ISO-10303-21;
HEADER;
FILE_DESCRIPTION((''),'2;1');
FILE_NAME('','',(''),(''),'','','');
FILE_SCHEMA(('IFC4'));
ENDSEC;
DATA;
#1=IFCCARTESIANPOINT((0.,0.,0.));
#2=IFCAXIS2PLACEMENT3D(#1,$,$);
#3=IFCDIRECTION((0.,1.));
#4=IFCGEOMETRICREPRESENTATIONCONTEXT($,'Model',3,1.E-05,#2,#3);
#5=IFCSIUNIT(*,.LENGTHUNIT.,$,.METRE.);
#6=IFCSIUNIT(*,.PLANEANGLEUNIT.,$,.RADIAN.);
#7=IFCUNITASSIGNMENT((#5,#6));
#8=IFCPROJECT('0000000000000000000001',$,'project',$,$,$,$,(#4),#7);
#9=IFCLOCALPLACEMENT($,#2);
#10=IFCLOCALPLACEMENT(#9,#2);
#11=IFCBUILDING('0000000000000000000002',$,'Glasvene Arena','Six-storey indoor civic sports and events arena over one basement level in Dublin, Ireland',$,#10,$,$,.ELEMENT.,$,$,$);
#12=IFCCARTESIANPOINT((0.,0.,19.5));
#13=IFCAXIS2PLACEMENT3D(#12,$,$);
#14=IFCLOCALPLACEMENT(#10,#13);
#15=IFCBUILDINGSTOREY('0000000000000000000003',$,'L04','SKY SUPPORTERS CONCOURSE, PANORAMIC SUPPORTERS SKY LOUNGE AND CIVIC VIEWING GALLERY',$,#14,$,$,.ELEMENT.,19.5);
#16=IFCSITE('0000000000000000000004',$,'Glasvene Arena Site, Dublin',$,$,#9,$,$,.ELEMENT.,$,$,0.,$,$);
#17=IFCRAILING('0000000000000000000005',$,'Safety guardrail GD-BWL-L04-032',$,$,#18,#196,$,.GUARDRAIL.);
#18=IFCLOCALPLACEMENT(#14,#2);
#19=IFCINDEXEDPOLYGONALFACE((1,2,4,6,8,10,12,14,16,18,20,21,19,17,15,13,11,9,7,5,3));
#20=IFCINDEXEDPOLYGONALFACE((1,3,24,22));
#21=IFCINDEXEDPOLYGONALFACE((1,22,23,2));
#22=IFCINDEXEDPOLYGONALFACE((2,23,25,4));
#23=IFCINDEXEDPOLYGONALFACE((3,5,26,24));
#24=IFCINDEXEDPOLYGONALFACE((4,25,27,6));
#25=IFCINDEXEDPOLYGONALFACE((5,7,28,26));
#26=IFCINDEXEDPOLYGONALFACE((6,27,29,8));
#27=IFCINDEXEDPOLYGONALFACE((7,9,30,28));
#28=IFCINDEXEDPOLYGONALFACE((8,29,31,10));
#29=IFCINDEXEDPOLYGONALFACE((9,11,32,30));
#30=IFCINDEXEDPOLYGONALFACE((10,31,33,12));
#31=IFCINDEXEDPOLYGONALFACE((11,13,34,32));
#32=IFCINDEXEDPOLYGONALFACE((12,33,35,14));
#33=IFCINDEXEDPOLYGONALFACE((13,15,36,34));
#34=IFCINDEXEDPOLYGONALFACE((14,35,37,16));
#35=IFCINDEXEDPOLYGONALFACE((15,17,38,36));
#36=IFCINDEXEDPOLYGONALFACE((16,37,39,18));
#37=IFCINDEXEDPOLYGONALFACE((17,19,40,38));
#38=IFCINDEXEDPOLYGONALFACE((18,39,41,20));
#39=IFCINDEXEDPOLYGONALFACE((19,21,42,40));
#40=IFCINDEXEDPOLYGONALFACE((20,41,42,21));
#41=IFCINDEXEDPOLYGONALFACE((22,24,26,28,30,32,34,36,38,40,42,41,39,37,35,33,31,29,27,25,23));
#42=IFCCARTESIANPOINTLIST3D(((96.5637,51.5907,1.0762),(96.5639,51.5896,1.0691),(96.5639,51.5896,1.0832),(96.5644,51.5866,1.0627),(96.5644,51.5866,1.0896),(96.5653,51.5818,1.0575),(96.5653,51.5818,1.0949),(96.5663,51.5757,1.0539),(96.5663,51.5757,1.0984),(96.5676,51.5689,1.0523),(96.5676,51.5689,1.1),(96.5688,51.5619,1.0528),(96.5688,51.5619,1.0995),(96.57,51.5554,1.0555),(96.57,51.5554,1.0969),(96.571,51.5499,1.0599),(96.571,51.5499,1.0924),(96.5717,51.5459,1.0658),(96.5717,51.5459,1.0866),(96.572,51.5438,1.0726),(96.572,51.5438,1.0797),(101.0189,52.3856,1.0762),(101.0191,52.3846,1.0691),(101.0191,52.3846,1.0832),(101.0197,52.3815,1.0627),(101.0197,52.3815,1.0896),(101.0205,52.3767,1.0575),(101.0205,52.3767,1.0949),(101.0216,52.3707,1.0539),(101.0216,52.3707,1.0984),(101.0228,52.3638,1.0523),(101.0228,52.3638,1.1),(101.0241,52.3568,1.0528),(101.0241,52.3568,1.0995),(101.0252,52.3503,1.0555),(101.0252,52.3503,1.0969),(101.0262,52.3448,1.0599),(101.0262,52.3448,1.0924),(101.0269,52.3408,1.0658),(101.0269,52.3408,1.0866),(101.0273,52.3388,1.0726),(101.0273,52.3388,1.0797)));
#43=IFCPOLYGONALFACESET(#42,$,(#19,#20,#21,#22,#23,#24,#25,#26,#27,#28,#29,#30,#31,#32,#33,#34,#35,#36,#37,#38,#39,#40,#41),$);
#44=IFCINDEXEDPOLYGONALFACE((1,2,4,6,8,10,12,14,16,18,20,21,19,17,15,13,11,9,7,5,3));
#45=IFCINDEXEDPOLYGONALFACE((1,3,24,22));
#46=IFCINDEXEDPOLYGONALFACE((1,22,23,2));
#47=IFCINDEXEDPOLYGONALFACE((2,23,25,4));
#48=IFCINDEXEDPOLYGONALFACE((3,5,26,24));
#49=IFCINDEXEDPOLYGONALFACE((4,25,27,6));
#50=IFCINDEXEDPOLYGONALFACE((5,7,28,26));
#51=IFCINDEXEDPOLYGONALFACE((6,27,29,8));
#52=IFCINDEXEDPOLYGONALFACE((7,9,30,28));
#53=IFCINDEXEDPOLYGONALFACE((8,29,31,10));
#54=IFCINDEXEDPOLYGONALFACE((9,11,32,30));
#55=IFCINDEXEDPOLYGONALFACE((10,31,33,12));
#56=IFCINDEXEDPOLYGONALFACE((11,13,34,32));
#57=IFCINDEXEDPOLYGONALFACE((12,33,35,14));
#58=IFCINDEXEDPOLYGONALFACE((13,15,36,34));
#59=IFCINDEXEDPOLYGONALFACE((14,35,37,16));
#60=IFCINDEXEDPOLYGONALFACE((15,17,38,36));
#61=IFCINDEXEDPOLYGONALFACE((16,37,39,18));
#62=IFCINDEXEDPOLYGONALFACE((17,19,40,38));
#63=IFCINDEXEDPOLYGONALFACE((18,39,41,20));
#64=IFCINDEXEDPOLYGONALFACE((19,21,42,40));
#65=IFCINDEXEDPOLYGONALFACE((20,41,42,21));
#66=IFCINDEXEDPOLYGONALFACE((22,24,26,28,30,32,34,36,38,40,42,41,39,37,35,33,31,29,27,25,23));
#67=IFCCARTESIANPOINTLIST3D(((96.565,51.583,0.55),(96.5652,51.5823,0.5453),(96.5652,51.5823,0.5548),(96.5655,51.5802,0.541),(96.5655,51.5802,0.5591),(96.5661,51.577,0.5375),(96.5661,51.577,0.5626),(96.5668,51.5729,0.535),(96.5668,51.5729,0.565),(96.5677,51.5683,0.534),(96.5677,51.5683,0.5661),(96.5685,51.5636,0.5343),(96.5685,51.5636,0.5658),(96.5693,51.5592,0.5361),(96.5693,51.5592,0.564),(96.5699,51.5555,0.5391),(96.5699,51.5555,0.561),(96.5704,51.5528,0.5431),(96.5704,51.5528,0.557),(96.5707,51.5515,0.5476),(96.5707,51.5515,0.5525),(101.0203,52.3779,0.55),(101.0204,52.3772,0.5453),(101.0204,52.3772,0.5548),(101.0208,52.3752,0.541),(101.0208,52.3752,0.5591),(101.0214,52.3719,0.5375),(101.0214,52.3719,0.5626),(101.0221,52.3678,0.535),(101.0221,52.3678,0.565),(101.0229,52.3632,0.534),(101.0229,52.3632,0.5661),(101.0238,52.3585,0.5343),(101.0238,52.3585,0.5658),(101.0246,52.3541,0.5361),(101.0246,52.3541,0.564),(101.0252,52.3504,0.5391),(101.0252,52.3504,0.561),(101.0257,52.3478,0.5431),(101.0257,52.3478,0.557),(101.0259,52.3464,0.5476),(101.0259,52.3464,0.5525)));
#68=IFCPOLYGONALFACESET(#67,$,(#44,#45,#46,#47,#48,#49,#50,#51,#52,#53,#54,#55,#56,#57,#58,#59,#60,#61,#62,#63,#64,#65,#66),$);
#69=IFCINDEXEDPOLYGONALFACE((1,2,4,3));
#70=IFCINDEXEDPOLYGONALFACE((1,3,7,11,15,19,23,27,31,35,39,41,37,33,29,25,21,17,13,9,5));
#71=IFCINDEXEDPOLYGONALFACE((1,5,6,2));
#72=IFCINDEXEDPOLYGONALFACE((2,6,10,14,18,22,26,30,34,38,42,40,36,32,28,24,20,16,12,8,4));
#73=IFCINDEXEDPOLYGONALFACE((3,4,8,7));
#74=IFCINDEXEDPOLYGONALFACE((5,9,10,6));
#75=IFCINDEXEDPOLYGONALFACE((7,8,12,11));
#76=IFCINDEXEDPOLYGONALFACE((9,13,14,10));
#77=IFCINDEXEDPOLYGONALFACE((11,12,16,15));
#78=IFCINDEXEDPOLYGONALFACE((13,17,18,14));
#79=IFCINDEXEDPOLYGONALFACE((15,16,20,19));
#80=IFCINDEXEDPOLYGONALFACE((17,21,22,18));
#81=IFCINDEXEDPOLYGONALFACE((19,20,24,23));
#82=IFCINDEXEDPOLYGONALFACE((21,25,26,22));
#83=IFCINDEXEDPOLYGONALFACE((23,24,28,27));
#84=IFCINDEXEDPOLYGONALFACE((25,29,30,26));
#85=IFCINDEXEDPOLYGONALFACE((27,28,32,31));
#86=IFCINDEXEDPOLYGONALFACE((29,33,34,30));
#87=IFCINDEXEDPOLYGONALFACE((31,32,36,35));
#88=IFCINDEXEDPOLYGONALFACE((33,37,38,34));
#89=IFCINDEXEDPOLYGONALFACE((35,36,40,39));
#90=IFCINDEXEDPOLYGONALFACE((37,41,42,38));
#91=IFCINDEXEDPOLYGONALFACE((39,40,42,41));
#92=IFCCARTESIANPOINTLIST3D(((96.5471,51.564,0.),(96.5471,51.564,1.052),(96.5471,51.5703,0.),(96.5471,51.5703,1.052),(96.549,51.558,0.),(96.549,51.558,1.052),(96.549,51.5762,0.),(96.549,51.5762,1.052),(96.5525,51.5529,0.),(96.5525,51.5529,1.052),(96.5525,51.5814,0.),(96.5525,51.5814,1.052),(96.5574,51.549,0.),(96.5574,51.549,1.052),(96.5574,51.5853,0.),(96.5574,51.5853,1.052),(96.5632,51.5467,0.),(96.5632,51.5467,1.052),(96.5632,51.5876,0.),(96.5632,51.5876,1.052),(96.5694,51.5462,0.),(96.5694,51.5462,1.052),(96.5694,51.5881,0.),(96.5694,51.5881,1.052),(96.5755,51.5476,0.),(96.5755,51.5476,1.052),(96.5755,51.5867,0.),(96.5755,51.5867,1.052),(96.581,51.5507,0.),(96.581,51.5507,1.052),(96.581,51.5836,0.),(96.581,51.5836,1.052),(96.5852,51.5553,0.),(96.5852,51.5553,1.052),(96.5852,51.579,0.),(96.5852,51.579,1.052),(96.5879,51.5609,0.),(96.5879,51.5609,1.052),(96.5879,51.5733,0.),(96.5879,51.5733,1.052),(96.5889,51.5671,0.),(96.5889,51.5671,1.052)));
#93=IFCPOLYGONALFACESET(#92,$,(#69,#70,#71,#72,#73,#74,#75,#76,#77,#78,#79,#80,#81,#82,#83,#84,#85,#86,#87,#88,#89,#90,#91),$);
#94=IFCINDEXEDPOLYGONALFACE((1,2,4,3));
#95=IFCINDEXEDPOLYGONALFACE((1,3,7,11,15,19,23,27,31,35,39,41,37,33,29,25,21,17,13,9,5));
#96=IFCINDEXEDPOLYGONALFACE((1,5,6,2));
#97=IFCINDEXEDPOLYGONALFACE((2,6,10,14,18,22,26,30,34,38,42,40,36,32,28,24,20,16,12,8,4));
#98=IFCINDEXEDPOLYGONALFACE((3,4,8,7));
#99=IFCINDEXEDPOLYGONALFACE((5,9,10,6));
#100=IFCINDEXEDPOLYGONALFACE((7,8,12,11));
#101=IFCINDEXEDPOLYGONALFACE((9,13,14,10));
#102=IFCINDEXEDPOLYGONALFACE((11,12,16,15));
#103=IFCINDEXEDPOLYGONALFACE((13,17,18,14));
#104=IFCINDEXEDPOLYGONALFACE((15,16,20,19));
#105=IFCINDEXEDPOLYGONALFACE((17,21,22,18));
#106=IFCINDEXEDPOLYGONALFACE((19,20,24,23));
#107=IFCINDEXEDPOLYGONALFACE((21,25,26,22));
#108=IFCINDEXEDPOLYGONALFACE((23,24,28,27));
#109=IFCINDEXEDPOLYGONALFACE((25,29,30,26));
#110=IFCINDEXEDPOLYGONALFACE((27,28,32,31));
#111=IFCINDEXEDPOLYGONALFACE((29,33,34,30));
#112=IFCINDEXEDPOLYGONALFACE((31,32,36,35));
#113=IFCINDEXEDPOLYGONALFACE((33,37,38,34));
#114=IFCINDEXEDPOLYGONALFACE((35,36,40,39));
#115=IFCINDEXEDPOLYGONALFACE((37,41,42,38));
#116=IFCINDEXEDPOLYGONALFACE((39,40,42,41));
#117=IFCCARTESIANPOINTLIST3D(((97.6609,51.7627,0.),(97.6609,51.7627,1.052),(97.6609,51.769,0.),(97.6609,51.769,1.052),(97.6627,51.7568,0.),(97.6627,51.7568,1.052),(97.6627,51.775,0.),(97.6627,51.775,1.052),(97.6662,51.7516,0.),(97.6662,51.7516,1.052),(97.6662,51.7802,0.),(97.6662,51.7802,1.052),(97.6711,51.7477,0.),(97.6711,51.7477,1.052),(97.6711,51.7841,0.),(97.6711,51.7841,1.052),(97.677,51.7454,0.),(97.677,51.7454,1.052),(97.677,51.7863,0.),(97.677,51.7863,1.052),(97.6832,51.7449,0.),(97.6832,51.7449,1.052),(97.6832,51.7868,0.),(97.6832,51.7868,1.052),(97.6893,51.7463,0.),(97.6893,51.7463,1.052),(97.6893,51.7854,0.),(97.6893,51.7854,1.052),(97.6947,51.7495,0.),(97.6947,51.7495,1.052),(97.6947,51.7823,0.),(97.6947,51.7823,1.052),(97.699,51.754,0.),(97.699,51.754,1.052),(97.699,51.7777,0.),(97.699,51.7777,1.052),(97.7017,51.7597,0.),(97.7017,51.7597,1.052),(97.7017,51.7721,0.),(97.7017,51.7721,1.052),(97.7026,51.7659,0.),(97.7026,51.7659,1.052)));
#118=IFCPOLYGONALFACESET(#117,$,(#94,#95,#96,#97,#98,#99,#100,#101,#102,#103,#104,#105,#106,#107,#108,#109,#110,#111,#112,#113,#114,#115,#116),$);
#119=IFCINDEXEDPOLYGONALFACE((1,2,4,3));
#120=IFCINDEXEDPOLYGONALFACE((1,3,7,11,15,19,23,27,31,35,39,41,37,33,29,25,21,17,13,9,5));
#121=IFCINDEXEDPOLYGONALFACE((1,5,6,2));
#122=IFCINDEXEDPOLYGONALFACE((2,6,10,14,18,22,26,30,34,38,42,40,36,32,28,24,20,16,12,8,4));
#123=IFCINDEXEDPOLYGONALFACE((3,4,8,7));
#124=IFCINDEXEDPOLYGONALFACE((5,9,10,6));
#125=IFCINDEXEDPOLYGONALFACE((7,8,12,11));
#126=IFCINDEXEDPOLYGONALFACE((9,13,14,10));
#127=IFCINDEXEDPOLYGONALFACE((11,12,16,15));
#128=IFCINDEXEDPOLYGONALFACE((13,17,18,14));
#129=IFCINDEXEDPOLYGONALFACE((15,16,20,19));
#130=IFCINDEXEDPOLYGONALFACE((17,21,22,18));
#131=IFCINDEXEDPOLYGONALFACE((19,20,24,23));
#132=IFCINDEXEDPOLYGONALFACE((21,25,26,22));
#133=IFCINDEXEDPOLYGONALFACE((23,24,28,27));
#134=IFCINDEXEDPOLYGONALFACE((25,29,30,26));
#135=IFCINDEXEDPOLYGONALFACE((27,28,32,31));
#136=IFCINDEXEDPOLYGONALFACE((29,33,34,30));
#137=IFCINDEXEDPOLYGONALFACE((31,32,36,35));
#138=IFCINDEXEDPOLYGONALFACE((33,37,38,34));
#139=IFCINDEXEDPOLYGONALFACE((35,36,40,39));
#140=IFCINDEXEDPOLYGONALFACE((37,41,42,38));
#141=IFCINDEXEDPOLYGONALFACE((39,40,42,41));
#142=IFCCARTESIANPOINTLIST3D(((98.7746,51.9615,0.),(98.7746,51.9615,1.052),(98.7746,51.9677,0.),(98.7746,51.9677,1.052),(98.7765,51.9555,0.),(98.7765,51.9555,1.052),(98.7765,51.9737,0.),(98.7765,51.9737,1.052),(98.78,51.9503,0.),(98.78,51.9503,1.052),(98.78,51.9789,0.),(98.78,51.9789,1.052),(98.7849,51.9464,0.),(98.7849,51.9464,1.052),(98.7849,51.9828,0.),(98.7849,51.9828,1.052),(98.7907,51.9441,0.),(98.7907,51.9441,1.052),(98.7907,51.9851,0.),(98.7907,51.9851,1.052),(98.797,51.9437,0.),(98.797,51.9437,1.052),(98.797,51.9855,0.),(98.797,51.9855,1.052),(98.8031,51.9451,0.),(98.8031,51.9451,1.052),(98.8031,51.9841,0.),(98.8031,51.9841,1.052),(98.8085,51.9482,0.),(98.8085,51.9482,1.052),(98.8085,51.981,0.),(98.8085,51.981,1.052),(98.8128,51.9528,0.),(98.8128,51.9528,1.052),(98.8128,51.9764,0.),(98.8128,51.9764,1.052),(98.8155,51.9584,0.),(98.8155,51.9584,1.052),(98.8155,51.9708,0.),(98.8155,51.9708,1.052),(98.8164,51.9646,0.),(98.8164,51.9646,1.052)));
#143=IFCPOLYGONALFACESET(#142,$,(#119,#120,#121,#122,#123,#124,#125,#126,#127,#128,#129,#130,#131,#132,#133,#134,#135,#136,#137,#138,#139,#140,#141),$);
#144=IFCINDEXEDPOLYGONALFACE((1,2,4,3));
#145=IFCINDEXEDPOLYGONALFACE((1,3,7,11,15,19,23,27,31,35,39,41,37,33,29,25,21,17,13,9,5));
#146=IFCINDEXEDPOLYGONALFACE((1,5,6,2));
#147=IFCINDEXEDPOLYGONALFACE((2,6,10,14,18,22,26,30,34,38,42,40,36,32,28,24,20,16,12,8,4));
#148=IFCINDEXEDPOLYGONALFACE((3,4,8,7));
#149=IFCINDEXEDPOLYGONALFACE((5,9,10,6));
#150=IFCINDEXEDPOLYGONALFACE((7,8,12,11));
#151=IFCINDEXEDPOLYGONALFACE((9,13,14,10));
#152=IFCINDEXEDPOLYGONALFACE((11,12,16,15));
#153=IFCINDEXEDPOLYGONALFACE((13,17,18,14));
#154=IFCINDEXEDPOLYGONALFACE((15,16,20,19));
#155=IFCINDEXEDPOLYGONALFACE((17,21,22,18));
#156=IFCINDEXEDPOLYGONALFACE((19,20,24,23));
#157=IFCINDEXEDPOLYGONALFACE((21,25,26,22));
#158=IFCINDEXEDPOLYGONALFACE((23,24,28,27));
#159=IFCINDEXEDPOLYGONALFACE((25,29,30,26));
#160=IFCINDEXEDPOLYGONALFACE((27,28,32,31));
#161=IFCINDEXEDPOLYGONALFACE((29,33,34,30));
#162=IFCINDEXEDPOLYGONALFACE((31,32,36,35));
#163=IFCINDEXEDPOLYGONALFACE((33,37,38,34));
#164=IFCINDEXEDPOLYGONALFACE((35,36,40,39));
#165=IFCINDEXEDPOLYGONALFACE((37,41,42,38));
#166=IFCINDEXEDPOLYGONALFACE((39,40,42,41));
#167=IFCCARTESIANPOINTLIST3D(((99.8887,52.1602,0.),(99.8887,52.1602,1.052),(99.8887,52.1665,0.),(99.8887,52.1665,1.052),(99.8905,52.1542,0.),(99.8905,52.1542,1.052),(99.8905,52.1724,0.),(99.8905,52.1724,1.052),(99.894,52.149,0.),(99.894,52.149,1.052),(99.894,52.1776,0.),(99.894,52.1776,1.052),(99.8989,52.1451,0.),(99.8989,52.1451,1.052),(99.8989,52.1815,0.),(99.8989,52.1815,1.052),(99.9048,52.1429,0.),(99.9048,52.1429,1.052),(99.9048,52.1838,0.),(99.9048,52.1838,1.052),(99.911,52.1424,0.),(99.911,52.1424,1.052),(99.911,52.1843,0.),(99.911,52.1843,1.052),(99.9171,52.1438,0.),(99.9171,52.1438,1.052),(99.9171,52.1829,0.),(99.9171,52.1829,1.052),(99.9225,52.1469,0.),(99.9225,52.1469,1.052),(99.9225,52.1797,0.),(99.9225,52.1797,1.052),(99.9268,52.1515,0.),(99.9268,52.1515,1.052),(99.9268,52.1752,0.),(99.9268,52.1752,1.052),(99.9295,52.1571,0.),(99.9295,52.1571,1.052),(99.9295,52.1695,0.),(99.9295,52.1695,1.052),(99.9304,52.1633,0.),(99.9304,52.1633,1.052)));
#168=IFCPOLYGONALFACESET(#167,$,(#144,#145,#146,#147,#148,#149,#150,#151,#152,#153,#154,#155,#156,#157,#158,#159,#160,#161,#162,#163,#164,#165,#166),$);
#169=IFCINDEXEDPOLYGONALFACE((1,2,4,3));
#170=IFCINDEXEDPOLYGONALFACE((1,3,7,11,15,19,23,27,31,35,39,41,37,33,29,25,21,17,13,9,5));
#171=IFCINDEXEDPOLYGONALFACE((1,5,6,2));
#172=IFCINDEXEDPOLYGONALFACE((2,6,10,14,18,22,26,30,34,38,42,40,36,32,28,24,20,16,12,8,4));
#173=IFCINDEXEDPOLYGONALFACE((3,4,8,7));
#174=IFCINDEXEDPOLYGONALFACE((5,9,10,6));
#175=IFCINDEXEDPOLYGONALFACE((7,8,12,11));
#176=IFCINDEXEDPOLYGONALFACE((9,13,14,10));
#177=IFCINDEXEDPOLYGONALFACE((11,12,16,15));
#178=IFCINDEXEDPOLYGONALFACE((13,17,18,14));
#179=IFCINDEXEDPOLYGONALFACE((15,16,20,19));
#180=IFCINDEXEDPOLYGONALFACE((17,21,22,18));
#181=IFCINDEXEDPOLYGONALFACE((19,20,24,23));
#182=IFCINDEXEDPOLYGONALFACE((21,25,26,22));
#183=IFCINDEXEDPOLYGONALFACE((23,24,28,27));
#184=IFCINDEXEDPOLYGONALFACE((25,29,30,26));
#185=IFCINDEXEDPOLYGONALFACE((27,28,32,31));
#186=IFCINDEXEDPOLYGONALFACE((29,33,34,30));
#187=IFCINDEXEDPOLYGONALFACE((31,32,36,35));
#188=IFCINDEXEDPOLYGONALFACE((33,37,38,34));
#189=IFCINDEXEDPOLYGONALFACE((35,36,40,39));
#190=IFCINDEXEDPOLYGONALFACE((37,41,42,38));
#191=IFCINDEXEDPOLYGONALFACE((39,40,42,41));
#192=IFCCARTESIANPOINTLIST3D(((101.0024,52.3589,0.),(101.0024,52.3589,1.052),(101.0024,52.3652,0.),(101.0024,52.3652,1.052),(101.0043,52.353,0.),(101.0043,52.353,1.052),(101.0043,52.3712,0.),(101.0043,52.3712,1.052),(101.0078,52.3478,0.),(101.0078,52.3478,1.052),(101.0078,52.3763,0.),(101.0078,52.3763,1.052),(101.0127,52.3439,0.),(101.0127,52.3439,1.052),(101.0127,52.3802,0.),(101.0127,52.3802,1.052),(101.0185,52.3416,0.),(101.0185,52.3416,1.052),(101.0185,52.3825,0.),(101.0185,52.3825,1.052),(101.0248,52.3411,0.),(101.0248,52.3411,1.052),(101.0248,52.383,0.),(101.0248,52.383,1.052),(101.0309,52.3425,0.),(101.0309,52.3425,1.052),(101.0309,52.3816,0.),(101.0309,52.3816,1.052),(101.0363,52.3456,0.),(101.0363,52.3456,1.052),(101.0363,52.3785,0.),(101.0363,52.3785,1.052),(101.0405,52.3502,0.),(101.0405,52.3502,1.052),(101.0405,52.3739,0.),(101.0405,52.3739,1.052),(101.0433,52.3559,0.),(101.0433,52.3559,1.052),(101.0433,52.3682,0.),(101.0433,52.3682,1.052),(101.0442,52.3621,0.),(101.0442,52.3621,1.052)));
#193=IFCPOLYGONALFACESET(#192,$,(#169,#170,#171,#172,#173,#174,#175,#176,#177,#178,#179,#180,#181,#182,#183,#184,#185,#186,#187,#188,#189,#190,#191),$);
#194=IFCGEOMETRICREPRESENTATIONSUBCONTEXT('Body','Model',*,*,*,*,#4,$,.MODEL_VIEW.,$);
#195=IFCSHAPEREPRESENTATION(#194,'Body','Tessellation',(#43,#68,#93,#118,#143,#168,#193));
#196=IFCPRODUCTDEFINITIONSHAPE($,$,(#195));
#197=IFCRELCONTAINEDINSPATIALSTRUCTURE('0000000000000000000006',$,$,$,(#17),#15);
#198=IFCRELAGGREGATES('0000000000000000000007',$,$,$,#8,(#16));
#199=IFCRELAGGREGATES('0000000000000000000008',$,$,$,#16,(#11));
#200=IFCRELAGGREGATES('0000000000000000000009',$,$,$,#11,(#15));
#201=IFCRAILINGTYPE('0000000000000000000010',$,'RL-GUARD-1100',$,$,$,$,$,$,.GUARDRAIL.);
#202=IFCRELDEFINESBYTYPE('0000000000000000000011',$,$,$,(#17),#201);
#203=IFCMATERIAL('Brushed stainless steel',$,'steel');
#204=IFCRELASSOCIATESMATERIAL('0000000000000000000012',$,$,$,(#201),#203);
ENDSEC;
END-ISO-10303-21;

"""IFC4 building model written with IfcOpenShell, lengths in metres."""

from ifc_helpers import new_model, si_unit, direction, frame, origin, origin_2d, place, context, subcontext, project, spatial, circle, extrude, material, type_object, element, save


model = new_model("IFC4")

# Units and contexts
model_context = context("Model", 3, precision=1e-05, world=origin(), true_north=direction((0.0, 1.0)))
body_context = subcontext(model_context, "Body", "Model", "MODEL_VIEW")
ifc_project = project(units=[si_unit("LENGTHUNIT", "METRE"), si_unit("PLANEANGLEUNIT", "RADIAN")], contexts=[model_context])

# Site, building, storey
site_placement = place(None, origin())
site = spatial("IfcSite", under=ifc_project, at=site_placement, Name="Glasvene Arena Site, Dublin", CompositionType="ELEMENT", RefElevation=0.0)
building_placement = place(site_placement, origin())
building = spatial("IfcBuilding", under=site, at=building_placement, Name="Glasvene Arena", Description="Six-storey indoor civic sports and events arena over one basement level in Dublin, Ireland", CompositionType="ELEMENT")
storey_placement = place(building_placement, frame((0.0, 0.0, 19.5)))
storey = spatial("IfcBuildingStorey", under=building, at=storey_placement, Name="L04", Description="SKY SUPPORTERS CONCOURSE, PANORAMIC SUPPORTERS SKY LOUNGE AND CIVIC VIEWING GALLERY", CompositionType="ELEMENT", Elevation=19.5)

# Railing
ifc_material_1 = material(Name="Brushed stainless steel", Category="steel")
railing_type = type_object("IfcRailingType", Name="RL-GUARD-1100", PredefinedType="GUARDRAIL", material=ifc_material_1)
railing_1_placement = place(storey_placement, frame((96.5679, 51.5671, 0.0)))
element("IfcRailing", 1, at=railing_1_placement, inside=storey, type_object=railing_type, Name="Safety guardrail GD-BWL-L04-032", PredefinedType="GUARDRAIL", context=body_context, shape_type="SweptSolid", body=[
    extrude(circle(Radius=0.0239, at=origin_2d()), frame((0.0, 0.0, 1.0762), z_axis=(0.984453, 0.175647, 0.0), x_axis=(-0.175647, 0.984453, 0.0)), (0.0, 0.0, 1.0), 4.5256),
    extrude(circle(Radius=0.0161, at=origin_2d()), frame((0.0, 0.0, 0.55), z_axis=(0.984453, 0.175647, 0.0), x_axis=(-0.175647, 0.984453, 0.0)), (0.0, 0.0, 1.0), 4.5256),
    extrude(circle(Radius=0.021, at=origin_2d()), origin(), (0.0, 0.0, 1.0), 1.052),
    extrude(circle(Radius=0.021, at=origin_2d()), frame((1.1138, 0.1987, 0.0)), (0.0, 0.0, 1.0), 1.052),
    extrude(circle(Radius=0.021, at=origin_2d()), frame((2.2275, 0.3975, 0.0)), (0.0, 0.0, 1.0), 1.052),
    extrude(circle(Radius=0.021, at=origin_2d()), frame((3.3416, 0.5962, 0.0)), (0.0, 0.0, 1.0), 1.052),
    extrude(circle(Radius=0.021, at=origin_2d()), frame((4.4553, 0.7949, 0.0)), (0.0, 0.0, 1.0), 1.052),
])

save(model, "model.ifc")
